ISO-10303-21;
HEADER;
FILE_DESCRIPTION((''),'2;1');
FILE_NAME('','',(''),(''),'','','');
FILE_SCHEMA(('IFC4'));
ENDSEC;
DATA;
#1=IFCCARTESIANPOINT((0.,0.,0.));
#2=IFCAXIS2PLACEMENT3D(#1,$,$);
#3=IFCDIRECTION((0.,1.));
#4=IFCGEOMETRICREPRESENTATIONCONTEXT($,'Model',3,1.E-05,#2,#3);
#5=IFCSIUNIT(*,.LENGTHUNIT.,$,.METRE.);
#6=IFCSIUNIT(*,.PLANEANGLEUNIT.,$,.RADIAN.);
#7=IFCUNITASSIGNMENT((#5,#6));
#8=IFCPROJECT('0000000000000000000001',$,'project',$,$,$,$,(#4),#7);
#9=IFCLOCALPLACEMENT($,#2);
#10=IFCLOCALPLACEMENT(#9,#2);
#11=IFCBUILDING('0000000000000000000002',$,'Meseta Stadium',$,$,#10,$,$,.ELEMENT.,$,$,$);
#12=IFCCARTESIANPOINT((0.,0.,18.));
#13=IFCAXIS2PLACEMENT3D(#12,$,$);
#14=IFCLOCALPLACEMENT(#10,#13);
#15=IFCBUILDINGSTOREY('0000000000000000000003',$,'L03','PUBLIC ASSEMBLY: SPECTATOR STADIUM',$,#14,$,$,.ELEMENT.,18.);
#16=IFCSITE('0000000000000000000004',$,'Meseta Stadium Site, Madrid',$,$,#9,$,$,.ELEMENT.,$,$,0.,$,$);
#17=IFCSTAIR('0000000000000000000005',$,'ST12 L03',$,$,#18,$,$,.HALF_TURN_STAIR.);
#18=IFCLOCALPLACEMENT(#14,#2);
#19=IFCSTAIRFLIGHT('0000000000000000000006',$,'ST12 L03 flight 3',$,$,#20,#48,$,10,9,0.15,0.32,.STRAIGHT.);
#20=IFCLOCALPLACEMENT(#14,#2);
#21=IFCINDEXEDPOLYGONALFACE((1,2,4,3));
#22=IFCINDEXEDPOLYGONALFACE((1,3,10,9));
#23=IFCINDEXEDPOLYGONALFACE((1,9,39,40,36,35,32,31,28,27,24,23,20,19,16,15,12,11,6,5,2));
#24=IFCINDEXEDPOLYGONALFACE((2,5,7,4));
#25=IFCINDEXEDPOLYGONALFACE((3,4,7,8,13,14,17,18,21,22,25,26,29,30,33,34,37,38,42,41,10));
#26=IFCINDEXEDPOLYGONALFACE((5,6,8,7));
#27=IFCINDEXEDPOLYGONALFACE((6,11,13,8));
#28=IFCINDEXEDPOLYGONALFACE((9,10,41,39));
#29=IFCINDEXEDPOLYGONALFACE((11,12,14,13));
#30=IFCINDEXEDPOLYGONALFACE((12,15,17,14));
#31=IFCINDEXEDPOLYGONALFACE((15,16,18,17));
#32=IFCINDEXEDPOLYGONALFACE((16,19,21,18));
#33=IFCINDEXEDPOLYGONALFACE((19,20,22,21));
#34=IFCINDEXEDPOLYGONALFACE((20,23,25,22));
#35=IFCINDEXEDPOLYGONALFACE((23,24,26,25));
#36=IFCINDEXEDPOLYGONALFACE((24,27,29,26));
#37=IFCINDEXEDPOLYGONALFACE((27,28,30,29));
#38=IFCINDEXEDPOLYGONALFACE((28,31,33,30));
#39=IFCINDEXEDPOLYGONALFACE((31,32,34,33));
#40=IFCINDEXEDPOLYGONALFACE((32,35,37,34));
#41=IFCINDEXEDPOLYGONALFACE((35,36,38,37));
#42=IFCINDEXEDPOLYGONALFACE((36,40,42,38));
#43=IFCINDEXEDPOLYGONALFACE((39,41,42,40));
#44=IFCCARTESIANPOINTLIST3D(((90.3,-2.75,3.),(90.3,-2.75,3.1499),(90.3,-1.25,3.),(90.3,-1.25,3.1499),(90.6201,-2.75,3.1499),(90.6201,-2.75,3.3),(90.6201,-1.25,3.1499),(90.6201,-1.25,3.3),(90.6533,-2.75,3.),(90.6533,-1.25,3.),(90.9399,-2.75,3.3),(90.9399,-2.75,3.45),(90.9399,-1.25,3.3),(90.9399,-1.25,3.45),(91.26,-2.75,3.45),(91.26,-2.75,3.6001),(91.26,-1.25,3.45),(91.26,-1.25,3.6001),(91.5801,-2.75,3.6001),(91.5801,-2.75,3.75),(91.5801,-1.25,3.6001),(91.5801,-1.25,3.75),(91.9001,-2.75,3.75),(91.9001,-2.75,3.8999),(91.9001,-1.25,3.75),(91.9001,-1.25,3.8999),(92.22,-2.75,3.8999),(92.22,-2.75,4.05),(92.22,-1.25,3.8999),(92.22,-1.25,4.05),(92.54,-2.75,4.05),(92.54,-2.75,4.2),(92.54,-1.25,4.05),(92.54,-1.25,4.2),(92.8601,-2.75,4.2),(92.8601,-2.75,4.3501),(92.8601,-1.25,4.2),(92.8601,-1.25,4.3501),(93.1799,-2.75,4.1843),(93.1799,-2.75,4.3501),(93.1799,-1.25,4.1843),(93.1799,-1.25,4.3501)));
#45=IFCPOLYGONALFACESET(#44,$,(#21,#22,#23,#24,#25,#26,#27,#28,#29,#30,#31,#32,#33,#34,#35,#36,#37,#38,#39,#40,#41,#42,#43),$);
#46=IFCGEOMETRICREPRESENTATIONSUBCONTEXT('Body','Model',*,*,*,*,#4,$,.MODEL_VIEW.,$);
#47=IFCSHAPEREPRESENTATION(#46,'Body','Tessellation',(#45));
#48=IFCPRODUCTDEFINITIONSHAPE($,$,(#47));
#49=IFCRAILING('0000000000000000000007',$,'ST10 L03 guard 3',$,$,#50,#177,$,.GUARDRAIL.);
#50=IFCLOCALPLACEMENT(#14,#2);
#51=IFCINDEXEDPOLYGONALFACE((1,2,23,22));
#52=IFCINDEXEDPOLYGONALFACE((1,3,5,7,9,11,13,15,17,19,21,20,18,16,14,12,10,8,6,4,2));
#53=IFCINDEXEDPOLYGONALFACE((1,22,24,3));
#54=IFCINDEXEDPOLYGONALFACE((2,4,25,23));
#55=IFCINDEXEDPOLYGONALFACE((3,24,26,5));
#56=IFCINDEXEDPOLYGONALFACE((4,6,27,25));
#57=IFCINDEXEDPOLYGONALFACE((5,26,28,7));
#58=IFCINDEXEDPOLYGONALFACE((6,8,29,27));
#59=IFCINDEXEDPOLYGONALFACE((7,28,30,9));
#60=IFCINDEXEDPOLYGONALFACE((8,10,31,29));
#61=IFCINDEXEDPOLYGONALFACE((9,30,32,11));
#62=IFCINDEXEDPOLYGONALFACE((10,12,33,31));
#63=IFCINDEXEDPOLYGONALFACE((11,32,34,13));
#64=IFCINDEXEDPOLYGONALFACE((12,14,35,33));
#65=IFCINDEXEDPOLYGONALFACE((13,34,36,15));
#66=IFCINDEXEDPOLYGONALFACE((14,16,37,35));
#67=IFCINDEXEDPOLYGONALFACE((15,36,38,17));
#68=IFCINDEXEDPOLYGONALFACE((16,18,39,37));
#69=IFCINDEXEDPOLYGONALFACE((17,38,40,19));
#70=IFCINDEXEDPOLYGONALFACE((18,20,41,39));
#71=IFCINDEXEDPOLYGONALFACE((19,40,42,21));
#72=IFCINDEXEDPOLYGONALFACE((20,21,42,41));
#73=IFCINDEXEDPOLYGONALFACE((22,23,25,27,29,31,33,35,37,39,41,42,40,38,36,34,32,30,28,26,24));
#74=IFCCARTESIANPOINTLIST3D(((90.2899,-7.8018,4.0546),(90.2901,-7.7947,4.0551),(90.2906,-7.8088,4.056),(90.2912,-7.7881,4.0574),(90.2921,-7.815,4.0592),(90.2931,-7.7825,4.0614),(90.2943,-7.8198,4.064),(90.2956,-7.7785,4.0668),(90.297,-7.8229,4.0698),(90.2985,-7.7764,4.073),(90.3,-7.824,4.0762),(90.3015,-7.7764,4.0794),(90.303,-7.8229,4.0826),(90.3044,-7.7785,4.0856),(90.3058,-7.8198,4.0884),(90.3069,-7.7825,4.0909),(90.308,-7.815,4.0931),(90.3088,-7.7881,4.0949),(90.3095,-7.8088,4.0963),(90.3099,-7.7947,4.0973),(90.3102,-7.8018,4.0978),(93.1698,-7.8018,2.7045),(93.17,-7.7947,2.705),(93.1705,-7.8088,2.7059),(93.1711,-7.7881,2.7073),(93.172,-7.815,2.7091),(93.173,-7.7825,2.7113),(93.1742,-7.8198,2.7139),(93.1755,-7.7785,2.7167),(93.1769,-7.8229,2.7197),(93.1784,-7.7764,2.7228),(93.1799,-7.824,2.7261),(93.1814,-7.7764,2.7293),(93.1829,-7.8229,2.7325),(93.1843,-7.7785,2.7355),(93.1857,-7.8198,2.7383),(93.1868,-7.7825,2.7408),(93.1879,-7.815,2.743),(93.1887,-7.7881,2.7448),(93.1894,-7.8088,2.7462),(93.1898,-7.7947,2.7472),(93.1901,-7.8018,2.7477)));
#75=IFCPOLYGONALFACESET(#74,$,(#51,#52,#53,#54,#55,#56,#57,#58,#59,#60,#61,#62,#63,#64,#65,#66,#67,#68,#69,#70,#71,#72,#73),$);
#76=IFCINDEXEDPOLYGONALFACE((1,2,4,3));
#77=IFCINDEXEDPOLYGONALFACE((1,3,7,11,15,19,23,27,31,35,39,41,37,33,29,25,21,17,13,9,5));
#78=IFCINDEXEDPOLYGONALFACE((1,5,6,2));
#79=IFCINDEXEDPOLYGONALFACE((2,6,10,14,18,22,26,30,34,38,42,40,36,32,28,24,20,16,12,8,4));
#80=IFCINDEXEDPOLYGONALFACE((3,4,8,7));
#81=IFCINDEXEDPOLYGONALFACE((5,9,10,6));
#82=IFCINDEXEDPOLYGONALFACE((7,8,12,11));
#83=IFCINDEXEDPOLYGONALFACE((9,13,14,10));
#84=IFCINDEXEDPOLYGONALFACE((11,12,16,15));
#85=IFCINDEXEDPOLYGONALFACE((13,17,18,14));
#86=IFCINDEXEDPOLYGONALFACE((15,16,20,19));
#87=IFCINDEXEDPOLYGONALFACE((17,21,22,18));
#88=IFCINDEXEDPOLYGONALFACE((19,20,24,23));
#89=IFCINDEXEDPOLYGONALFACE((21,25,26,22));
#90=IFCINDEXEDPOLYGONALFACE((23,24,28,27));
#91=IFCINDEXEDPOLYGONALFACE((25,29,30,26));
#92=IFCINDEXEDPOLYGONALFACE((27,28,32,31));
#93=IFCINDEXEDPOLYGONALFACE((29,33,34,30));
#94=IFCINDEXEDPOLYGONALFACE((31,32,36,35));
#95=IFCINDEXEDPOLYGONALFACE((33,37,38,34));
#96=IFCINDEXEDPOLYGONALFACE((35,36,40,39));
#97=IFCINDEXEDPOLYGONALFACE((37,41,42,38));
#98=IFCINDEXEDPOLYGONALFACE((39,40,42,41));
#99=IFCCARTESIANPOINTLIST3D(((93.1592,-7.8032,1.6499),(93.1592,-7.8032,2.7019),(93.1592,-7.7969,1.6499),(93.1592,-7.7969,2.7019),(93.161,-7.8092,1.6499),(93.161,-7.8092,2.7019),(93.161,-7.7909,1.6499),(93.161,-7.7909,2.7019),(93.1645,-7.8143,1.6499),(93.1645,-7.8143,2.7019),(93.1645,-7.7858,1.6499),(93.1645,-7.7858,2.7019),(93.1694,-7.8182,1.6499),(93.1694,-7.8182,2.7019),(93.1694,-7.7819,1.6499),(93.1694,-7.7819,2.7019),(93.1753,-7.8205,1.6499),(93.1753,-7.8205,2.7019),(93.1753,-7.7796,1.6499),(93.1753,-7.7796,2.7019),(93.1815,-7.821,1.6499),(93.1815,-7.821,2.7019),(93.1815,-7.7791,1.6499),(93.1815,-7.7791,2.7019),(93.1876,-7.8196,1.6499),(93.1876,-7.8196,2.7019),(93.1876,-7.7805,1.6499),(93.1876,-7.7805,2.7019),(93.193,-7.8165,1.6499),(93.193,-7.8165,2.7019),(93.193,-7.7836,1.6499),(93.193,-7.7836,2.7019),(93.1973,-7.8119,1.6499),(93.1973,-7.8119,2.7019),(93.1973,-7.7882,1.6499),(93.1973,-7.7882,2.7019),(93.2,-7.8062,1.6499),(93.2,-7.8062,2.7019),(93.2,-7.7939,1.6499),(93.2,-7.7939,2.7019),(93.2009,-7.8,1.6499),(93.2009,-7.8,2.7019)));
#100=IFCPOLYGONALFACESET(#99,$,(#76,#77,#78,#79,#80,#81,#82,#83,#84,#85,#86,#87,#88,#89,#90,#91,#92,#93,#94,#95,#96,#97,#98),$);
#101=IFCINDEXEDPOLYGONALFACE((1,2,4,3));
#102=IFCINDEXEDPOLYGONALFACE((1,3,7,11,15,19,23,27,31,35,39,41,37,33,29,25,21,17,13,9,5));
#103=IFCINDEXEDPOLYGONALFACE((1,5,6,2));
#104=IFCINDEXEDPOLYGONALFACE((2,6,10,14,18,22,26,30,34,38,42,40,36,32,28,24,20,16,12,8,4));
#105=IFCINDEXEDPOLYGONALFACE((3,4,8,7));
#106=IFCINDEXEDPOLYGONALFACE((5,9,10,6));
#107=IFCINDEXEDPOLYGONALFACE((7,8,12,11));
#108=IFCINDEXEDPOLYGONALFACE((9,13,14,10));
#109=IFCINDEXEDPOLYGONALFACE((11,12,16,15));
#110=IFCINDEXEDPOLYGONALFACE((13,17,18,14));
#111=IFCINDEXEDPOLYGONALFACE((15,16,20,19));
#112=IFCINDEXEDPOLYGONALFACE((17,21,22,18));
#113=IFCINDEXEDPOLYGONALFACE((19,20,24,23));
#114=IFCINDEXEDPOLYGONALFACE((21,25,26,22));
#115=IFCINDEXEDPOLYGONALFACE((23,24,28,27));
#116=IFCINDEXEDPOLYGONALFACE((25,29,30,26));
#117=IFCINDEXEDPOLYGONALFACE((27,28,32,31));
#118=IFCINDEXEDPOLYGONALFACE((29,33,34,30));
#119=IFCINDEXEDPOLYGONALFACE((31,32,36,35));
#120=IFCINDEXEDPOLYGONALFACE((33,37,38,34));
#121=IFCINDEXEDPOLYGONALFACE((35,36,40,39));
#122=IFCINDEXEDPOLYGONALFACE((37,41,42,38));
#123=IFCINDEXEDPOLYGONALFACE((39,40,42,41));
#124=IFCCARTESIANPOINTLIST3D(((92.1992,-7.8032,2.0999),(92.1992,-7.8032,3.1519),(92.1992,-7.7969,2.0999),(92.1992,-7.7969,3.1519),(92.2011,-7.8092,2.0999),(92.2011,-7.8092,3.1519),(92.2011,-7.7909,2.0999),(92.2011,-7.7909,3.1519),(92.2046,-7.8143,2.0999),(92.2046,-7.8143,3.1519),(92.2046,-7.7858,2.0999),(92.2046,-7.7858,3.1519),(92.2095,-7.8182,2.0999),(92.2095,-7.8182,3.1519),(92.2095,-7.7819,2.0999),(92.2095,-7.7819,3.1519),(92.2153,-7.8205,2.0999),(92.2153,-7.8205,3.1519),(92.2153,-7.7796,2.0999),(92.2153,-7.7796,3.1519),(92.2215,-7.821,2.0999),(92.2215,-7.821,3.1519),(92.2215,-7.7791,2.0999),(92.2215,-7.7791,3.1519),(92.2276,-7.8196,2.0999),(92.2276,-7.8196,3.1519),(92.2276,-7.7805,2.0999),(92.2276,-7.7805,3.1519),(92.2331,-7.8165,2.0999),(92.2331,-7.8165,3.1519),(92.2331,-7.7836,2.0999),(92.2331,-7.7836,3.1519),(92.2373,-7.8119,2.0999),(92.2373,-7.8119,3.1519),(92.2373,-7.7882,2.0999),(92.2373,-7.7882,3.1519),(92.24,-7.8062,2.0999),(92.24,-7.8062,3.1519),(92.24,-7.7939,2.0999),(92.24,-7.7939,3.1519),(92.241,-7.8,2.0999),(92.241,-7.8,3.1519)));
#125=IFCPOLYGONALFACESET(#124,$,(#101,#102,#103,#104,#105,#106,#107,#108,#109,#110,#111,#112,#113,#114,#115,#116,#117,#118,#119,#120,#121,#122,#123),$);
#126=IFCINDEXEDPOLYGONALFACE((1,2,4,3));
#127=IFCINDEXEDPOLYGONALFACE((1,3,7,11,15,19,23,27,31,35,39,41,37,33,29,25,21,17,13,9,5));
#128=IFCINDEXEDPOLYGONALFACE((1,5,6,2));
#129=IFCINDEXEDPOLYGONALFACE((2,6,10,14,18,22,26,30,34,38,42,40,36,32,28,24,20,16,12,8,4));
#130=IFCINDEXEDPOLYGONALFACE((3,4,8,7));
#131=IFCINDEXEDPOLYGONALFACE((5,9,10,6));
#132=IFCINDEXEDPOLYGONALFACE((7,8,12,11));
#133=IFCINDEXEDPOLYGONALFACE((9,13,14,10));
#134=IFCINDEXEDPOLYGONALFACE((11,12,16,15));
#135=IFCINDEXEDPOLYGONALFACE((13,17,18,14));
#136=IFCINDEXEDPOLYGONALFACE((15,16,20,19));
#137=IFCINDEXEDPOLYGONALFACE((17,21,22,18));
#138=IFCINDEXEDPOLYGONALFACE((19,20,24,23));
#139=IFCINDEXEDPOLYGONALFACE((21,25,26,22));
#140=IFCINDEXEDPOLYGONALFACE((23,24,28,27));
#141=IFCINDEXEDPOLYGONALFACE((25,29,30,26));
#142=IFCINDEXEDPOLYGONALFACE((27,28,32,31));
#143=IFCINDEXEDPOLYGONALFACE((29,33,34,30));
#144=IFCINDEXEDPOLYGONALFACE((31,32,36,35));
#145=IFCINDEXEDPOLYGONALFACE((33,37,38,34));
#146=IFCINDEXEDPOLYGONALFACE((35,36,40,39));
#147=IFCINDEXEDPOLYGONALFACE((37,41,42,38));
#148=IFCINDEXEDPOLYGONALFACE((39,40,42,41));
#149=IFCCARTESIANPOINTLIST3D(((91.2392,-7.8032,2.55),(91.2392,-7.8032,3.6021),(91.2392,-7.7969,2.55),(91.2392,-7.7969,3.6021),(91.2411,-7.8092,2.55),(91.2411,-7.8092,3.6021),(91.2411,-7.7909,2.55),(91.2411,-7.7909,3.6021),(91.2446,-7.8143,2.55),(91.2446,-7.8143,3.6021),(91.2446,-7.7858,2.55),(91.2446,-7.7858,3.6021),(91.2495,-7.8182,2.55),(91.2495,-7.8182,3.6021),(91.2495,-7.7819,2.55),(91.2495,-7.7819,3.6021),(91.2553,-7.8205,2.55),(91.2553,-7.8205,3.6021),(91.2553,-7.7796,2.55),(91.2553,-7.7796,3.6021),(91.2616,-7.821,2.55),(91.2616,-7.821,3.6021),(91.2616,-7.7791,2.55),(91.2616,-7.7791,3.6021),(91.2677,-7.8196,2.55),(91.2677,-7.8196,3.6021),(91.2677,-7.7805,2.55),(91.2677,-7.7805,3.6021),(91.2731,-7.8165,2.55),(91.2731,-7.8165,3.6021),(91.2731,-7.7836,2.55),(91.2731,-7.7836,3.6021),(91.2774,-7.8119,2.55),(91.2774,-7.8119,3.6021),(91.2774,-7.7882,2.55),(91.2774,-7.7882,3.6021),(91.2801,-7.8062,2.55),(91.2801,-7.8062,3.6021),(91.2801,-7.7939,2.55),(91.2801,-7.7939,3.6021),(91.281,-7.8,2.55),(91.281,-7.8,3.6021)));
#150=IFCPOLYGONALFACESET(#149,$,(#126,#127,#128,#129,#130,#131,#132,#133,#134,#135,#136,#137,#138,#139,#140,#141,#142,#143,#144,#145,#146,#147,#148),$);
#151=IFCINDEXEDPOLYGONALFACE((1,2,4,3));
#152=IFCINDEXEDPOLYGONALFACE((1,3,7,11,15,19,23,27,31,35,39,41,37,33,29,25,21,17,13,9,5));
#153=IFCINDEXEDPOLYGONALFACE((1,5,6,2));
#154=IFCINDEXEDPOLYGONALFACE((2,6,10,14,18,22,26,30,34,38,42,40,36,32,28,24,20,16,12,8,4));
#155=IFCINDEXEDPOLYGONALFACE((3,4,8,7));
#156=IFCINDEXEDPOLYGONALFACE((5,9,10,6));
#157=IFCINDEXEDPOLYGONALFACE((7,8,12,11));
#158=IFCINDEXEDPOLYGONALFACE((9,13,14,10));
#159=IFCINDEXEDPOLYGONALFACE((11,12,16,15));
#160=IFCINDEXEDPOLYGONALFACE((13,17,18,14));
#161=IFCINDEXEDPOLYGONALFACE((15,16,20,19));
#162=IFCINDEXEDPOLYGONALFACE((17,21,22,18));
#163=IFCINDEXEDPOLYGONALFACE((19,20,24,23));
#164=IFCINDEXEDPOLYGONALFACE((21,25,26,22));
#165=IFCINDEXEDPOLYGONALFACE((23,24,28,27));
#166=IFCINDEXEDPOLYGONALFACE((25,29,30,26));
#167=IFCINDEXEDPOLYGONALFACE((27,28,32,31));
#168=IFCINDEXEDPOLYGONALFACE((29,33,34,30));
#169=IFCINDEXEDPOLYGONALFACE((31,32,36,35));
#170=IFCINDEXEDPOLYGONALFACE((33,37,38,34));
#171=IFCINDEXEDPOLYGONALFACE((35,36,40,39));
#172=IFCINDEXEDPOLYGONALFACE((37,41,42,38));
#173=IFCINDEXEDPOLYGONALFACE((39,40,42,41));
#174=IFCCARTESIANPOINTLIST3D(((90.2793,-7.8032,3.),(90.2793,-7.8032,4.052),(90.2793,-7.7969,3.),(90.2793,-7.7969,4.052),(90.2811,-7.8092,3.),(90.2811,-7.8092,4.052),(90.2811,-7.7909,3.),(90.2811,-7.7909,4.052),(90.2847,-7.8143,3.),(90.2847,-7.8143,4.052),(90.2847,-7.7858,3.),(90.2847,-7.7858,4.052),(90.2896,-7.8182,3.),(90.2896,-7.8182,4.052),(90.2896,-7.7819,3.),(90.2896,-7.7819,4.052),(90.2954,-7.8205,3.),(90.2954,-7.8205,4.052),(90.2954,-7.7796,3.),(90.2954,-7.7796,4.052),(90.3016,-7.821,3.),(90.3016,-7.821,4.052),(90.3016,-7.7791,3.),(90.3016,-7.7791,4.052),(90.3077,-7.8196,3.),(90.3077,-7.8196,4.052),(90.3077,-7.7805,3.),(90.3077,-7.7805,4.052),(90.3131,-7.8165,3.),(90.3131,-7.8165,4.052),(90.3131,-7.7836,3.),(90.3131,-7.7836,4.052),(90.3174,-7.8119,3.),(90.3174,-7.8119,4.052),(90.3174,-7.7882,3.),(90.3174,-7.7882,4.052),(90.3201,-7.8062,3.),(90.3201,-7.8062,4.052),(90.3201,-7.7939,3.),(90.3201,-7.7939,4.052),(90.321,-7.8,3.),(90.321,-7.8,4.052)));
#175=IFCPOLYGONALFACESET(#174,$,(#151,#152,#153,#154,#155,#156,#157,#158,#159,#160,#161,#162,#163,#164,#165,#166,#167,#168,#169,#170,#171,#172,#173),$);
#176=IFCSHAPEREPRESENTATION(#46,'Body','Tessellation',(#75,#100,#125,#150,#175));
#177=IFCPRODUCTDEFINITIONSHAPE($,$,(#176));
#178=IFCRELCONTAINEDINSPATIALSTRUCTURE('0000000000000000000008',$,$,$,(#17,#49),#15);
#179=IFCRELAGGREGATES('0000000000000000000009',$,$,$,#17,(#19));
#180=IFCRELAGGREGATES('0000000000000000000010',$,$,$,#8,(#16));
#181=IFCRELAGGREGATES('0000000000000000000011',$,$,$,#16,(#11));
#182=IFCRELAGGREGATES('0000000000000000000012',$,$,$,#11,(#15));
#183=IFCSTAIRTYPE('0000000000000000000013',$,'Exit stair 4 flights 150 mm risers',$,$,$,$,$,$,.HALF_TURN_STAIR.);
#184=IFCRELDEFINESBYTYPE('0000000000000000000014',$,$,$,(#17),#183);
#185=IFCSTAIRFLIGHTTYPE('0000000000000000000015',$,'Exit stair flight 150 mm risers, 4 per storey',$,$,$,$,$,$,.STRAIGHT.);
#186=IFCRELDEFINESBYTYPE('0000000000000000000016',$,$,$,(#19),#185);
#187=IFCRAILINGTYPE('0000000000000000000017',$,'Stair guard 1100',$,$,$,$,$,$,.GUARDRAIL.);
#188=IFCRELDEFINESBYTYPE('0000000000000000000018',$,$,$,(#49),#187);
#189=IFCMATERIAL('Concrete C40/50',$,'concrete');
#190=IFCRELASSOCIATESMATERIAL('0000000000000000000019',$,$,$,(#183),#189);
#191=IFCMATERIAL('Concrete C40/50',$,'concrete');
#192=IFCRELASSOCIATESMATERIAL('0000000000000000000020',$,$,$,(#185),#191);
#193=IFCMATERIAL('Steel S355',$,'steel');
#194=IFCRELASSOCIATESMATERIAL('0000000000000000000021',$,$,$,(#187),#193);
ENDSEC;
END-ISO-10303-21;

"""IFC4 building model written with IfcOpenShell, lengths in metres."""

from ifc_helpers import new_model, si_unit, direction, frame, origin, origin_2d, place, context, subcontext, project, spatial, polyline, circle, outline, extrude, material, type_object, element, aggregate, save


model = new_model("IFC4")

# Units and contexts
model_context = context("Model", 3, precision=1e-05, world=origin(), true_north=direction((0.0, 1.0)))
body_context = subcontext(model_context, "Body", "Model", "MODEL_VIEW")
ifc_project = project(units=[si_unit("LENGTHUNIT", "METRE"), si_unit("PLANEANGLEUNIT", "RADIAN")], contexts=[model_context])

# Site, building, storey
site_placement = place(None, origin())
site = spatial("IfcSite", under=ifc_project, at=site_placement, Name="Meseta Stadium Site, Madrid", CompositionType="ELEMENT", RefElevation=0.0)
building_placement = place(site_placement, origin())
building = spatial("IfcBuilding", under=site, at=building_placement, Name="Meseta Stadium", CompositionType="ELEMENT")
storey_placement = place(building_placement, frame((0.0, 0.0, 18.0)))
storey = spatial("IfcBuildingStorey", under=building, at=storey_placement, Name="L03", Description="PUBLIC ASSEMBLY: SPECTATOR STADIUM", CompositionType="ELEMENT", Elevation=18.0)

# Stair, stair flight
ifc_material_1 = material(Name="Concrete C40/50", Category="concrete")
stair_type = type_object("IfcStairType", Name="Exit stair 4 flights 150 mm risers", PredefinedType="HALF_TURN_STAIR", material=ifc_material_1)
ifc_material_2 = material(Name="Concrete C40/50", Category="concrete")
stair_flight_type = type_object("IfcStairFlightType", Name="Exit stair flight 150 mm risers, 4 per storey", PredefinedType="STRAIGHT", material=ifc_material_2)
stair_1_placement = place(storey_placement, origin())
stair_1 = element("IfcStair", 1, at=stair_1_placement, inside=storey, type_object=stair_type, Name="ST12 L03", PredefinedType="HALF_TURN_STAIR")
stair_flight_1_placement = place(storey_placement, frame((90.3, -2.0, 3.0), z_axis=(0.0, 0.0, 1.0), x_axis=(1.0, 0.0, 0.0)))
stair_flight_1 = element("IfcStairFlight", 2, at=stair_flight_1_placement, type_object=stair_flight_type, Name="ST12 L03 flight 3", NumberOfRisers=10, NumberOfTreads=9, PredefinedType="STRAIGHT", RiserHeight=0.15, TreadLength=0.32, context=body_context, shape_type="SweptSolid", body=[
    extrude(outline(polyline([(0.0, 0.0), (0.0, 0.1499), (0.3201, 0.1499), (0.3201, 0.3), (0.6399, 0.3), (0.6399, 0.45), (0.96, 0.45), (0.96, 0.6001), (1.28, 0.6001), (1.28, 0.75), (1.6001, 0.75), (1.6001, 0.8999), (1.9199, 0.8999), (1.9199, 1.05), (2.24, 1.05), (2.24, 1.2), (2.5601, 1.2), (2.5601, 1.3501), (2.8799, 1.3501), (2.8799, 1.1843), (0.3533, 0.0), (0.0, 0.0)])), frame((0.0, 0.75, 0.0), z_axis=(0.0, -1.0, 0.0), x_axis=(1.0, 0.0, 0.0)), (0.0, 0.0, 1.0), 1.5),
])
aggregate(stair_1, [stair_flight_1])

# Railing
ifc_material_3 = material(Name="Steel S355", Category="steel")
railing_type_1 = type_object("IfcRailingType", Name="Stair guard 1100", PredefinedType="GUARDRAIL", material=ifc_material_3)
for number, where, name in (
    (3, (93.1799, -7.8, 1.6499), "ST10 L03 guard 3"),
):
    element("IfcRailing", number, at=place(storey_placement, frame(where)), inside=storey, type_object=railing_type_1, Name=name, PredefinedType="GUARDRAIL", context=body_context, shape_type="SweptSolid", body=[
        extrude(circle(Radius=0.0239, at=origin_2d()), frame((0.0, 0.0, 1.0762), z_axis=(-0.90544, 0.0, 0.424473), x_axis=(0.0, -1.0, 0.0)), (0.0, 0.0, 1.0), 3.1807),
        extrude(circle(Radius=0.021, at=origin_2d()), origin(), (0.0, 0.0, 1.0), 1.052),
        extrude(circle(Radius=0.021, at=origin_2d()), frame((-0.96, 0.0, 0.45)), (0.0, 0.0, 1.0), 1.052),
        extrude(circle(Radius=0.021, at=origin_2d()), frame((-1.9199, 0.0, 0.9001)), (0.0, 0.0, 1.0), 1.052),
        extrude(circle(Radius=0.021, at=origin_2d()), frame((-2.8799, 0.0, 1.3501)), (0.0, 0.0, 1.0), 1.052),
    ])

save(model, "model.ifc")
